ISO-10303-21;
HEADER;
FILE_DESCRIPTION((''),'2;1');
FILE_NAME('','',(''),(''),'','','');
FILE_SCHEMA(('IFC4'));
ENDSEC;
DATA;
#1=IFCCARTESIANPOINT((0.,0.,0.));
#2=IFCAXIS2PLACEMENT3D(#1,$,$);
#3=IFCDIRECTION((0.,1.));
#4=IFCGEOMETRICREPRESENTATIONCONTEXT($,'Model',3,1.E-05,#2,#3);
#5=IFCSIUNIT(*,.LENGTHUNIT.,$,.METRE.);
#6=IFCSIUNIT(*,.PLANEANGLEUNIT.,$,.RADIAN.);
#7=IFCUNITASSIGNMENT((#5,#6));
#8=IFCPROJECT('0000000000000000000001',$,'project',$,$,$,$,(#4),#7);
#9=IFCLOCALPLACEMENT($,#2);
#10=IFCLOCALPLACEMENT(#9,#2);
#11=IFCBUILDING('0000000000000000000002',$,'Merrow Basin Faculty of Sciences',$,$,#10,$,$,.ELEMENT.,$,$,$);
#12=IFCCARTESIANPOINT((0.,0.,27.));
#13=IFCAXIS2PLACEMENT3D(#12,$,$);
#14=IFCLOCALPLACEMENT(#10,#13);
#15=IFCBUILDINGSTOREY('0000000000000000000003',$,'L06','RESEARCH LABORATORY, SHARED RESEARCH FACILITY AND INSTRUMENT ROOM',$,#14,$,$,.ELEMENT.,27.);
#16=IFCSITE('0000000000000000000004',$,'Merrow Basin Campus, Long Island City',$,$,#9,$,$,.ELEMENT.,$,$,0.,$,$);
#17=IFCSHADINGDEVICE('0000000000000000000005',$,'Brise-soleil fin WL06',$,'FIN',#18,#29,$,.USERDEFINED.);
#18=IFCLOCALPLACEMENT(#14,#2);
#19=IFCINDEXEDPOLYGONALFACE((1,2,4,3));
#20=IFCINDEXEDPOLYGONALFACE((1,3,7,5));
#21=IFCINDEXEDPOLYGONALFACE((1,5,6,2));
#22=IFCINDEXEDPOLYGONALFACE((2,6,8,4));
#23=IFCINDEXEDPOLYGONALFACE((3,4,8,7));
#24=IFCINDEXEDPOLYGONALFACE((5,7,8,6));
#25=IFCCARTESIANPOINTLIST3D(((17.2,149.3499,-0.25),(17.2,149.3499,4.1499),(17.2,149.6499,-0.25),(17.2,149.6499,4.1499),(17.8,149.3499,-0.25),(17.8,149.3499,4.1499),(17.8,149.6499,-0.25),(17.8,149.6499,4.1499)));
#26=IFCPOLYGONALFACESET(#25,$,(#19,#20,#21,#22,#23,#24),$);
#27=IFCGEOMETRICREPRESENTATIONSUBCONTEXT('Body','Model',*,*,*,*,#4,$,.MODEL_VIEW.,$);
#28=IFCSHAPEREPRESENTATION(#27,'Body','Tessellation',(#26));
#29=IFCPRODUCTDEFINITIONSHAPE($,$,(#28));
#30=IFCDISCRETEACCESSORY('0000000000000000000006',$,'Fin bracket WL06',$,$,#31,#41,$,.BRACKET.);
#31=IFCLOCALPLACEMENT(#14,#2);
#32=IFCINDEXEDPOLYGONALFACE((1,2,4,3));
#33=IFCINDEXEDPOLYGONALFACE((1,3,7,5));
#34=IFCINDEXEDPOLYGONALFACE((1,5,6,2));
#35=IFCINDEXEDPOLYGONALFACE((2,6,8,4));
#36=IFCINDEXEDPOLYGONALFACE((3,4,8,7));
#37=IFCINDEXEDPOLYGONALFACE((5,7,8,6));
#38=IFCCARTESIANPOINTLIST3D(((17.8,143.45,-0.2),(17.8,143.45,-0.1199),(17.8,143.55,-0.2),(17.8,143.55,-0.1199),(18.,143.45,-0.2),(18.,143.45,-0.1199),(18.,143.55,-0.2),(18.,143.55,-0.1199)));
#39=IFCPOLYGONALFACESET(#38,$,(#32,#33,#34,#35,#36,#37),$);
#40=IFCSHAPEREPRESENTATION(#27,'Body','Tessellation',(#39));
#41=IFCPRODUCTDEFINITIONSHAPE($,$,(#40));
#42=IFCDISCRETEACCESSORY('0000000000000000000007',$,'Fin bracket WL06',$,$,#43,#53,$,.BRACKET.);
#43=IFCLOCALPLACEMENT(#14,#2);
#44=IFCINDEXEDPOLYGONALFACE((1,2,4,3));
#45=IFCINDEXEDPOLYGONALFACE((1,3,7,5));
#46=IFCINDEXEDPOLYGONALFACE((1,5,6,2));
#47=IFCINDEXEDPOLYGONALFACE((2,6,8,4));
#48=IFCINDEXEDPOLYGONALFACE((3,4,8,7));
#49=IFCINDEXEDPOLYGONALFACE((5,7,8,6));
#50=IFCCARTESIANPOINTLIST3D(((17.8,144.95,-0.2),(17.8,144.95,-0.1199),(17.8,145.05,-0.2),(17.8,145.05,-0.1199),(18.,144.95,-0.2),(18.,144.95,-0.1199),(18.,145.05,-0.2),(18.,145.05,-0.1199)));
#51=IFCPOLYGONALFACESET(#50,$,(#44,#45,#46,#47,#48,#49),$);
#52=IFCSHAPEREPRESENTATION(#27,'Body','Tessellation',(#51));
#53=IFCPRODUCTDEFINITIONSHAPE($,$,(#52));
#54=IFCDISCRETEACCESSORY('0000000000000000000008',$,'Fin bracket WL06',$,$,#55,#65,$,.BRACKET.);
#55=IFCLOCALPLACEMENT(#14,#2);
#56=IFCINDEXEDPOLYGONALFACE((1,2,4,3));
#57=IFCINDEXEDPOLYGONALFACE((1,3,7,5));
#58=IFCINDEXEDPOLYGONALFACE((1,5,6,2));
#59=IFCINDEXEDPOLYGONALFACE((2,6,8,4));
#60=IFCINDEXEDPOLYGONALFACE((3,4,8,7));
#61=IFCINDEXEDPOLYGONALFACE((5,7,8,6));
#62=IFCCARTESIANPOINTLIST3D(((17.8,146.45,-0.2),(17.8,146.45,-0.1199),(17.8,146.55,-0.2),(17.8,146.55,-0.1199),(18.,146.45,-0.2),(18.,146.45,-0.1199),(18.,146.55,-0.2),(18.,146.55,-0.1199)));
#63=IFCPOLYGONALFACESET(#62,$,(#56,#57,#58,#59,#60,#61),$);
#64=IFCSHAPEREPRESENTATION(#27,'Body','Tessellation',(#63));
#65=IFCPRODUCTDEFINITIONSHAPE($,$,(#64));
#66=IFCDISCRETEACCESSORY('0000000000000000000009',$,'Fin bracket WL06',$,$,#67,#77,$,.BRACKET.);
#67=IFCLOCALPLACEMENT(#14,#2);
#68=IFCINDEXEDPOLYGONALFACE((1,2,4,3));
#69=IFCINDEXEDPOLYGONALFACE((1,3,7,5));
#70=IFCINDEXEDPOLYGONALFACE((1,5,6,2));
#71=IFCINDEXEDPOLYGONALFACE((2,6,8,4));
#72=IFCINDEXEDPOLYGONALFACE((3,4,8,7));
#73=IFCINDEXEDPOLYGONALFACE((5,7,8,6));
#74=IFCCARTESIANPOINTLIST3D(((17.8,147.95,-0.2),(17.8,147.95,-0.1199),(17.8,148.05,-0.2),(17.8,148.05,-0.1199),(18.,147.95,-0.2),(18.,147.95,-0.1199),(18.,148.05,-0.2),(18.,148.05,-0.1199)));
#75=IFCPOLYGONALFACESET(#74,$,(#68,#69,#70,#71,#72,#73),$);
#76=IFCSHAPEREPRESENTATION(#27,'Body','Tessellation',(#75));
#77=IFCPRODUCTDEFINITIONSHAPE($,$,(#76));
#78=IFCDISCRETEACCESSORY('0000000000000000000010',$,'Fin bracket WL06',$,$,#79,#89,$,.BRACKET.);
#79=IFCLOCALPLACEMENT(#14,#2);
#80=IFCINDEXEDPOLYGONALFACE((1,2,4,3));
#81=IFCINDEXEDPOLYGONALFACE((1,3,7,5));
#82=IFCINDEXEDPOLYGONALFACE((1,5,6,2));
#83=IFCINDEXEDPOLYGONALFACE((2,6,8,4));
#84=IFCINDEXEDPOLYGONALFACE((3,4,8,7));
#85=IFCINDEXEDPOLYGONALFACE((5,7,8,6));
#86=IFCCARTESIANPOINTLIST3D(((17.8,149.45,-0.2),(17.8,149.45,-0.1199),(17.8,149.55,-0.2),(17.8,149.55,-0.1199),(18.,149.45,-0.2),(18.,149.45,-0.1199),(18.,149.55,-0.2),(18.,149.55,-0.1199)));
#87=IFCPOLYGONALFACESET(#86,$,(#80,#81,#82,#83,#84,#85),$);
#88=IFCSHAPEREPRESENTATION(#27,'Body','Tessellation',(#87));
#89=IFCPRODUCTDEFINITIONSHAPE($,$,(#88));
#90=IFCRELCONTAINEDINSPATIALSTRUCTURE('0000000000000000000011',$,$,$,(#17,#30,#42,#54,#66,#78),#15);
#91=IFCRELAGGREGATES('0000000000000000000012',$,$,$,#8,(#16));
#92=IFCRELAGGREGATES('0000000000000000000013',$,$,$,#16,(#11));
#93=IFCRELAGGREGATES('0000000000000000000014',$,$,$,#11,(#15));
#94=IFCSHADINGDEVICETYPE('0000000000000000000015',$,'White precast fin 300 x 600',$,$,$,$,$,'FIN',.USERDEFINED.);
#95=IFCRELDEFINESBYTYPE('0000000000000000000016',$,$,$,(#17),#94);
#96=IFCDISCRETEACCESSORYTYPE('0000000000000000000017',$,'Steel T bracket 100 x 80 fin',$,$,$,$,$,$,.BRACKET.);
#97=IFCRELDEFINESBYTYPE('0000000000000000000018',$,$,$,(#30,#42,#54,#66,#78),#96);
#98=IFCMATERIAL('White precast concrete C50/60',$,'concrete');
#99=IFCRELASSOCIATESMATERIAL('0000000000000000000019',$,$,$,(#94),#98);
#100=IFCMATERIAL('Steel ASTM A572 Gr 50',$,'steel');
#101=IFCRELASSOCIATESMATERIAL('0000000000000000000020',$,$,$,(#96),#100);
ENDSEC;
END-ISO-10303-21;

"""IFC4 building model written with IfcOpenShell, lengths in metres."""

from ifc_helpers import new_model, si_unit, direction, frame, origin, place, context, subcontext, project, spatial, polyline, outline, extrude, source, transform, mapped, material, type_object, element, save


model = new_model("IFC4")

# Units and contexts
model_context = context("Model", 3, precision=1e-05, world=origin(), true_north=direction((0.0, 1.0)))
body_context = subcontext(model_context, "Body", "Model", "MODEL_VIEW")
ifc_project = project(units=[si_unit("LENGTHUNIT", "METRE"), si_unit("PLANEANGLEUNIT", "RADIAN")], contexts=[model_context])

# Site, building, storey
site_placement = place(None, origin())
site = spatial("IfcSite", under=ifc_project, at=site_placement, Name="Merrow Basin Campus, Long Island City", CompositionType="ELEMENT", RefElevation=0.0)
building_placement = place(site_placement, origin())
building = spatial("IfcBuilding", under=site, at=building_placement, Name="Merrow Basin Faculty of Sciences", CompositionType="ELEMENT")
storey_placement = place(building_placement, frame((0.0, 0.0, 27.0)))
storey = spatial("IfcBuildingStorey", under=building, at=storey_placement, Name="L06", Description="RESEARCH LABORATORY, SHARED RESEARCH FACILITY AND INSTRUMENT ROOM", CompositionType="ELEMENT", Elevation=27.0)

# Shading device
ifc_material_1 = material(Name="White precast concrete C50/60", Category="concrete")
shading_device_type = type_object("IfcShadingDeviceType", Name="White precast fin 300 x 600", ElementType="FIN", PredefinedType="USERDEFINED", material=ifc_material_1)
shared_shape_1 = source(origin(), body_context, "Body", "SweptSolid", [
    extrude(outline(polyline([(0.0, 0.0), (0.3, 0.0), (0.3, 4.3999), (0.0, 4.3999), (0.0, 0.0)])), origin(), (0.0, 0.0, 1.0), 0.6001),
])
for number, where, z_axis, x_axis, name in (
    (1, (17.8, 149.6499, -0.25), (-1.0, 0.0, 0.0), (0.0, -1.0, 0.0), "Brise-soleil fin WL06"),
):
    element("IfcShadingDevice", number, at=place(storey_placement, frame(where, z_axis=z_axis, x_axis=x_axis)), inside=storey, type_object=shading_device_type, Name=name, ObjectType="FIN", PredefinedType="USERDEFINED", context=body_context, shape_type="MappedRepresentation", body=[
        mapped(shared_shape_1, transform((0.0, 0.0, 0.0), scale=1.0)),
    ])

# Discrete accessories
ifc_material_2 = material(Name="Steel ASTM A572 Gr 50", Category="steel")
discrete_accessory_type = type_object("IfcDiscreteAccessoryType", Name="Steel T bracket 100 x 80 fin", PredefinedType="BRACKET", material=ifc_material_2)
shared_shape_2 = source(origin(), body_context, "Body", "SweptSolid", [
    extrude(outline(polyline([(0.0, 0.0), (0.1001, 0.0), (0.1001, 0.0801), (0.0, 0.0801), (0.0, 0.0)])), origin(), (0.0, 0.0, 1.0), 0.2),
])
for number, where, z_axis, x_axis, name in (
    (2, (18.0, 143.55, -0.2), (-1.0, 0.0, 0.0), (0.0, -1.0, 0.0), "Fin bracket WL06"),
    (3, (18.0, 145.05, -0.2), (-1.0, 0.0, 0.0), (0.0, -1.0, 0.0), "Fin bracket WL06"),
    (4, (18.0, 146.55, -0.2), (-1.0, 0.0, 0.0), (0.0, -1.0, 0.0), "Fin bracket WL06"),
    (5, (18.0, 148.05, -0.2), (-1.0, 0.0, 0.0), (0.0, -1.0, 0.0), "Fin bracket WL06"),
    (6, (18.0, 149.55, -0.2), (-1.0, 0.0, 0.0), (0.0, -1.0, 0.0), "Fin bracket WL06"),
):
    element("IfcDiscreteAccessory", number, at=place(storey_placement, frame(where, z_axis=z_axis, x_axis=x_axis)), inside=storey, type_object=discrete_accessory_type, Name=name, PredefinedType="BRACKET", context=body_context, shape_type="MappedRepresentation", body=[
        mapped(shared_shape_2, transform((0.0, 0.0, 0.0), scale=1.0)),
    ])

save(model, "model.ifc")
